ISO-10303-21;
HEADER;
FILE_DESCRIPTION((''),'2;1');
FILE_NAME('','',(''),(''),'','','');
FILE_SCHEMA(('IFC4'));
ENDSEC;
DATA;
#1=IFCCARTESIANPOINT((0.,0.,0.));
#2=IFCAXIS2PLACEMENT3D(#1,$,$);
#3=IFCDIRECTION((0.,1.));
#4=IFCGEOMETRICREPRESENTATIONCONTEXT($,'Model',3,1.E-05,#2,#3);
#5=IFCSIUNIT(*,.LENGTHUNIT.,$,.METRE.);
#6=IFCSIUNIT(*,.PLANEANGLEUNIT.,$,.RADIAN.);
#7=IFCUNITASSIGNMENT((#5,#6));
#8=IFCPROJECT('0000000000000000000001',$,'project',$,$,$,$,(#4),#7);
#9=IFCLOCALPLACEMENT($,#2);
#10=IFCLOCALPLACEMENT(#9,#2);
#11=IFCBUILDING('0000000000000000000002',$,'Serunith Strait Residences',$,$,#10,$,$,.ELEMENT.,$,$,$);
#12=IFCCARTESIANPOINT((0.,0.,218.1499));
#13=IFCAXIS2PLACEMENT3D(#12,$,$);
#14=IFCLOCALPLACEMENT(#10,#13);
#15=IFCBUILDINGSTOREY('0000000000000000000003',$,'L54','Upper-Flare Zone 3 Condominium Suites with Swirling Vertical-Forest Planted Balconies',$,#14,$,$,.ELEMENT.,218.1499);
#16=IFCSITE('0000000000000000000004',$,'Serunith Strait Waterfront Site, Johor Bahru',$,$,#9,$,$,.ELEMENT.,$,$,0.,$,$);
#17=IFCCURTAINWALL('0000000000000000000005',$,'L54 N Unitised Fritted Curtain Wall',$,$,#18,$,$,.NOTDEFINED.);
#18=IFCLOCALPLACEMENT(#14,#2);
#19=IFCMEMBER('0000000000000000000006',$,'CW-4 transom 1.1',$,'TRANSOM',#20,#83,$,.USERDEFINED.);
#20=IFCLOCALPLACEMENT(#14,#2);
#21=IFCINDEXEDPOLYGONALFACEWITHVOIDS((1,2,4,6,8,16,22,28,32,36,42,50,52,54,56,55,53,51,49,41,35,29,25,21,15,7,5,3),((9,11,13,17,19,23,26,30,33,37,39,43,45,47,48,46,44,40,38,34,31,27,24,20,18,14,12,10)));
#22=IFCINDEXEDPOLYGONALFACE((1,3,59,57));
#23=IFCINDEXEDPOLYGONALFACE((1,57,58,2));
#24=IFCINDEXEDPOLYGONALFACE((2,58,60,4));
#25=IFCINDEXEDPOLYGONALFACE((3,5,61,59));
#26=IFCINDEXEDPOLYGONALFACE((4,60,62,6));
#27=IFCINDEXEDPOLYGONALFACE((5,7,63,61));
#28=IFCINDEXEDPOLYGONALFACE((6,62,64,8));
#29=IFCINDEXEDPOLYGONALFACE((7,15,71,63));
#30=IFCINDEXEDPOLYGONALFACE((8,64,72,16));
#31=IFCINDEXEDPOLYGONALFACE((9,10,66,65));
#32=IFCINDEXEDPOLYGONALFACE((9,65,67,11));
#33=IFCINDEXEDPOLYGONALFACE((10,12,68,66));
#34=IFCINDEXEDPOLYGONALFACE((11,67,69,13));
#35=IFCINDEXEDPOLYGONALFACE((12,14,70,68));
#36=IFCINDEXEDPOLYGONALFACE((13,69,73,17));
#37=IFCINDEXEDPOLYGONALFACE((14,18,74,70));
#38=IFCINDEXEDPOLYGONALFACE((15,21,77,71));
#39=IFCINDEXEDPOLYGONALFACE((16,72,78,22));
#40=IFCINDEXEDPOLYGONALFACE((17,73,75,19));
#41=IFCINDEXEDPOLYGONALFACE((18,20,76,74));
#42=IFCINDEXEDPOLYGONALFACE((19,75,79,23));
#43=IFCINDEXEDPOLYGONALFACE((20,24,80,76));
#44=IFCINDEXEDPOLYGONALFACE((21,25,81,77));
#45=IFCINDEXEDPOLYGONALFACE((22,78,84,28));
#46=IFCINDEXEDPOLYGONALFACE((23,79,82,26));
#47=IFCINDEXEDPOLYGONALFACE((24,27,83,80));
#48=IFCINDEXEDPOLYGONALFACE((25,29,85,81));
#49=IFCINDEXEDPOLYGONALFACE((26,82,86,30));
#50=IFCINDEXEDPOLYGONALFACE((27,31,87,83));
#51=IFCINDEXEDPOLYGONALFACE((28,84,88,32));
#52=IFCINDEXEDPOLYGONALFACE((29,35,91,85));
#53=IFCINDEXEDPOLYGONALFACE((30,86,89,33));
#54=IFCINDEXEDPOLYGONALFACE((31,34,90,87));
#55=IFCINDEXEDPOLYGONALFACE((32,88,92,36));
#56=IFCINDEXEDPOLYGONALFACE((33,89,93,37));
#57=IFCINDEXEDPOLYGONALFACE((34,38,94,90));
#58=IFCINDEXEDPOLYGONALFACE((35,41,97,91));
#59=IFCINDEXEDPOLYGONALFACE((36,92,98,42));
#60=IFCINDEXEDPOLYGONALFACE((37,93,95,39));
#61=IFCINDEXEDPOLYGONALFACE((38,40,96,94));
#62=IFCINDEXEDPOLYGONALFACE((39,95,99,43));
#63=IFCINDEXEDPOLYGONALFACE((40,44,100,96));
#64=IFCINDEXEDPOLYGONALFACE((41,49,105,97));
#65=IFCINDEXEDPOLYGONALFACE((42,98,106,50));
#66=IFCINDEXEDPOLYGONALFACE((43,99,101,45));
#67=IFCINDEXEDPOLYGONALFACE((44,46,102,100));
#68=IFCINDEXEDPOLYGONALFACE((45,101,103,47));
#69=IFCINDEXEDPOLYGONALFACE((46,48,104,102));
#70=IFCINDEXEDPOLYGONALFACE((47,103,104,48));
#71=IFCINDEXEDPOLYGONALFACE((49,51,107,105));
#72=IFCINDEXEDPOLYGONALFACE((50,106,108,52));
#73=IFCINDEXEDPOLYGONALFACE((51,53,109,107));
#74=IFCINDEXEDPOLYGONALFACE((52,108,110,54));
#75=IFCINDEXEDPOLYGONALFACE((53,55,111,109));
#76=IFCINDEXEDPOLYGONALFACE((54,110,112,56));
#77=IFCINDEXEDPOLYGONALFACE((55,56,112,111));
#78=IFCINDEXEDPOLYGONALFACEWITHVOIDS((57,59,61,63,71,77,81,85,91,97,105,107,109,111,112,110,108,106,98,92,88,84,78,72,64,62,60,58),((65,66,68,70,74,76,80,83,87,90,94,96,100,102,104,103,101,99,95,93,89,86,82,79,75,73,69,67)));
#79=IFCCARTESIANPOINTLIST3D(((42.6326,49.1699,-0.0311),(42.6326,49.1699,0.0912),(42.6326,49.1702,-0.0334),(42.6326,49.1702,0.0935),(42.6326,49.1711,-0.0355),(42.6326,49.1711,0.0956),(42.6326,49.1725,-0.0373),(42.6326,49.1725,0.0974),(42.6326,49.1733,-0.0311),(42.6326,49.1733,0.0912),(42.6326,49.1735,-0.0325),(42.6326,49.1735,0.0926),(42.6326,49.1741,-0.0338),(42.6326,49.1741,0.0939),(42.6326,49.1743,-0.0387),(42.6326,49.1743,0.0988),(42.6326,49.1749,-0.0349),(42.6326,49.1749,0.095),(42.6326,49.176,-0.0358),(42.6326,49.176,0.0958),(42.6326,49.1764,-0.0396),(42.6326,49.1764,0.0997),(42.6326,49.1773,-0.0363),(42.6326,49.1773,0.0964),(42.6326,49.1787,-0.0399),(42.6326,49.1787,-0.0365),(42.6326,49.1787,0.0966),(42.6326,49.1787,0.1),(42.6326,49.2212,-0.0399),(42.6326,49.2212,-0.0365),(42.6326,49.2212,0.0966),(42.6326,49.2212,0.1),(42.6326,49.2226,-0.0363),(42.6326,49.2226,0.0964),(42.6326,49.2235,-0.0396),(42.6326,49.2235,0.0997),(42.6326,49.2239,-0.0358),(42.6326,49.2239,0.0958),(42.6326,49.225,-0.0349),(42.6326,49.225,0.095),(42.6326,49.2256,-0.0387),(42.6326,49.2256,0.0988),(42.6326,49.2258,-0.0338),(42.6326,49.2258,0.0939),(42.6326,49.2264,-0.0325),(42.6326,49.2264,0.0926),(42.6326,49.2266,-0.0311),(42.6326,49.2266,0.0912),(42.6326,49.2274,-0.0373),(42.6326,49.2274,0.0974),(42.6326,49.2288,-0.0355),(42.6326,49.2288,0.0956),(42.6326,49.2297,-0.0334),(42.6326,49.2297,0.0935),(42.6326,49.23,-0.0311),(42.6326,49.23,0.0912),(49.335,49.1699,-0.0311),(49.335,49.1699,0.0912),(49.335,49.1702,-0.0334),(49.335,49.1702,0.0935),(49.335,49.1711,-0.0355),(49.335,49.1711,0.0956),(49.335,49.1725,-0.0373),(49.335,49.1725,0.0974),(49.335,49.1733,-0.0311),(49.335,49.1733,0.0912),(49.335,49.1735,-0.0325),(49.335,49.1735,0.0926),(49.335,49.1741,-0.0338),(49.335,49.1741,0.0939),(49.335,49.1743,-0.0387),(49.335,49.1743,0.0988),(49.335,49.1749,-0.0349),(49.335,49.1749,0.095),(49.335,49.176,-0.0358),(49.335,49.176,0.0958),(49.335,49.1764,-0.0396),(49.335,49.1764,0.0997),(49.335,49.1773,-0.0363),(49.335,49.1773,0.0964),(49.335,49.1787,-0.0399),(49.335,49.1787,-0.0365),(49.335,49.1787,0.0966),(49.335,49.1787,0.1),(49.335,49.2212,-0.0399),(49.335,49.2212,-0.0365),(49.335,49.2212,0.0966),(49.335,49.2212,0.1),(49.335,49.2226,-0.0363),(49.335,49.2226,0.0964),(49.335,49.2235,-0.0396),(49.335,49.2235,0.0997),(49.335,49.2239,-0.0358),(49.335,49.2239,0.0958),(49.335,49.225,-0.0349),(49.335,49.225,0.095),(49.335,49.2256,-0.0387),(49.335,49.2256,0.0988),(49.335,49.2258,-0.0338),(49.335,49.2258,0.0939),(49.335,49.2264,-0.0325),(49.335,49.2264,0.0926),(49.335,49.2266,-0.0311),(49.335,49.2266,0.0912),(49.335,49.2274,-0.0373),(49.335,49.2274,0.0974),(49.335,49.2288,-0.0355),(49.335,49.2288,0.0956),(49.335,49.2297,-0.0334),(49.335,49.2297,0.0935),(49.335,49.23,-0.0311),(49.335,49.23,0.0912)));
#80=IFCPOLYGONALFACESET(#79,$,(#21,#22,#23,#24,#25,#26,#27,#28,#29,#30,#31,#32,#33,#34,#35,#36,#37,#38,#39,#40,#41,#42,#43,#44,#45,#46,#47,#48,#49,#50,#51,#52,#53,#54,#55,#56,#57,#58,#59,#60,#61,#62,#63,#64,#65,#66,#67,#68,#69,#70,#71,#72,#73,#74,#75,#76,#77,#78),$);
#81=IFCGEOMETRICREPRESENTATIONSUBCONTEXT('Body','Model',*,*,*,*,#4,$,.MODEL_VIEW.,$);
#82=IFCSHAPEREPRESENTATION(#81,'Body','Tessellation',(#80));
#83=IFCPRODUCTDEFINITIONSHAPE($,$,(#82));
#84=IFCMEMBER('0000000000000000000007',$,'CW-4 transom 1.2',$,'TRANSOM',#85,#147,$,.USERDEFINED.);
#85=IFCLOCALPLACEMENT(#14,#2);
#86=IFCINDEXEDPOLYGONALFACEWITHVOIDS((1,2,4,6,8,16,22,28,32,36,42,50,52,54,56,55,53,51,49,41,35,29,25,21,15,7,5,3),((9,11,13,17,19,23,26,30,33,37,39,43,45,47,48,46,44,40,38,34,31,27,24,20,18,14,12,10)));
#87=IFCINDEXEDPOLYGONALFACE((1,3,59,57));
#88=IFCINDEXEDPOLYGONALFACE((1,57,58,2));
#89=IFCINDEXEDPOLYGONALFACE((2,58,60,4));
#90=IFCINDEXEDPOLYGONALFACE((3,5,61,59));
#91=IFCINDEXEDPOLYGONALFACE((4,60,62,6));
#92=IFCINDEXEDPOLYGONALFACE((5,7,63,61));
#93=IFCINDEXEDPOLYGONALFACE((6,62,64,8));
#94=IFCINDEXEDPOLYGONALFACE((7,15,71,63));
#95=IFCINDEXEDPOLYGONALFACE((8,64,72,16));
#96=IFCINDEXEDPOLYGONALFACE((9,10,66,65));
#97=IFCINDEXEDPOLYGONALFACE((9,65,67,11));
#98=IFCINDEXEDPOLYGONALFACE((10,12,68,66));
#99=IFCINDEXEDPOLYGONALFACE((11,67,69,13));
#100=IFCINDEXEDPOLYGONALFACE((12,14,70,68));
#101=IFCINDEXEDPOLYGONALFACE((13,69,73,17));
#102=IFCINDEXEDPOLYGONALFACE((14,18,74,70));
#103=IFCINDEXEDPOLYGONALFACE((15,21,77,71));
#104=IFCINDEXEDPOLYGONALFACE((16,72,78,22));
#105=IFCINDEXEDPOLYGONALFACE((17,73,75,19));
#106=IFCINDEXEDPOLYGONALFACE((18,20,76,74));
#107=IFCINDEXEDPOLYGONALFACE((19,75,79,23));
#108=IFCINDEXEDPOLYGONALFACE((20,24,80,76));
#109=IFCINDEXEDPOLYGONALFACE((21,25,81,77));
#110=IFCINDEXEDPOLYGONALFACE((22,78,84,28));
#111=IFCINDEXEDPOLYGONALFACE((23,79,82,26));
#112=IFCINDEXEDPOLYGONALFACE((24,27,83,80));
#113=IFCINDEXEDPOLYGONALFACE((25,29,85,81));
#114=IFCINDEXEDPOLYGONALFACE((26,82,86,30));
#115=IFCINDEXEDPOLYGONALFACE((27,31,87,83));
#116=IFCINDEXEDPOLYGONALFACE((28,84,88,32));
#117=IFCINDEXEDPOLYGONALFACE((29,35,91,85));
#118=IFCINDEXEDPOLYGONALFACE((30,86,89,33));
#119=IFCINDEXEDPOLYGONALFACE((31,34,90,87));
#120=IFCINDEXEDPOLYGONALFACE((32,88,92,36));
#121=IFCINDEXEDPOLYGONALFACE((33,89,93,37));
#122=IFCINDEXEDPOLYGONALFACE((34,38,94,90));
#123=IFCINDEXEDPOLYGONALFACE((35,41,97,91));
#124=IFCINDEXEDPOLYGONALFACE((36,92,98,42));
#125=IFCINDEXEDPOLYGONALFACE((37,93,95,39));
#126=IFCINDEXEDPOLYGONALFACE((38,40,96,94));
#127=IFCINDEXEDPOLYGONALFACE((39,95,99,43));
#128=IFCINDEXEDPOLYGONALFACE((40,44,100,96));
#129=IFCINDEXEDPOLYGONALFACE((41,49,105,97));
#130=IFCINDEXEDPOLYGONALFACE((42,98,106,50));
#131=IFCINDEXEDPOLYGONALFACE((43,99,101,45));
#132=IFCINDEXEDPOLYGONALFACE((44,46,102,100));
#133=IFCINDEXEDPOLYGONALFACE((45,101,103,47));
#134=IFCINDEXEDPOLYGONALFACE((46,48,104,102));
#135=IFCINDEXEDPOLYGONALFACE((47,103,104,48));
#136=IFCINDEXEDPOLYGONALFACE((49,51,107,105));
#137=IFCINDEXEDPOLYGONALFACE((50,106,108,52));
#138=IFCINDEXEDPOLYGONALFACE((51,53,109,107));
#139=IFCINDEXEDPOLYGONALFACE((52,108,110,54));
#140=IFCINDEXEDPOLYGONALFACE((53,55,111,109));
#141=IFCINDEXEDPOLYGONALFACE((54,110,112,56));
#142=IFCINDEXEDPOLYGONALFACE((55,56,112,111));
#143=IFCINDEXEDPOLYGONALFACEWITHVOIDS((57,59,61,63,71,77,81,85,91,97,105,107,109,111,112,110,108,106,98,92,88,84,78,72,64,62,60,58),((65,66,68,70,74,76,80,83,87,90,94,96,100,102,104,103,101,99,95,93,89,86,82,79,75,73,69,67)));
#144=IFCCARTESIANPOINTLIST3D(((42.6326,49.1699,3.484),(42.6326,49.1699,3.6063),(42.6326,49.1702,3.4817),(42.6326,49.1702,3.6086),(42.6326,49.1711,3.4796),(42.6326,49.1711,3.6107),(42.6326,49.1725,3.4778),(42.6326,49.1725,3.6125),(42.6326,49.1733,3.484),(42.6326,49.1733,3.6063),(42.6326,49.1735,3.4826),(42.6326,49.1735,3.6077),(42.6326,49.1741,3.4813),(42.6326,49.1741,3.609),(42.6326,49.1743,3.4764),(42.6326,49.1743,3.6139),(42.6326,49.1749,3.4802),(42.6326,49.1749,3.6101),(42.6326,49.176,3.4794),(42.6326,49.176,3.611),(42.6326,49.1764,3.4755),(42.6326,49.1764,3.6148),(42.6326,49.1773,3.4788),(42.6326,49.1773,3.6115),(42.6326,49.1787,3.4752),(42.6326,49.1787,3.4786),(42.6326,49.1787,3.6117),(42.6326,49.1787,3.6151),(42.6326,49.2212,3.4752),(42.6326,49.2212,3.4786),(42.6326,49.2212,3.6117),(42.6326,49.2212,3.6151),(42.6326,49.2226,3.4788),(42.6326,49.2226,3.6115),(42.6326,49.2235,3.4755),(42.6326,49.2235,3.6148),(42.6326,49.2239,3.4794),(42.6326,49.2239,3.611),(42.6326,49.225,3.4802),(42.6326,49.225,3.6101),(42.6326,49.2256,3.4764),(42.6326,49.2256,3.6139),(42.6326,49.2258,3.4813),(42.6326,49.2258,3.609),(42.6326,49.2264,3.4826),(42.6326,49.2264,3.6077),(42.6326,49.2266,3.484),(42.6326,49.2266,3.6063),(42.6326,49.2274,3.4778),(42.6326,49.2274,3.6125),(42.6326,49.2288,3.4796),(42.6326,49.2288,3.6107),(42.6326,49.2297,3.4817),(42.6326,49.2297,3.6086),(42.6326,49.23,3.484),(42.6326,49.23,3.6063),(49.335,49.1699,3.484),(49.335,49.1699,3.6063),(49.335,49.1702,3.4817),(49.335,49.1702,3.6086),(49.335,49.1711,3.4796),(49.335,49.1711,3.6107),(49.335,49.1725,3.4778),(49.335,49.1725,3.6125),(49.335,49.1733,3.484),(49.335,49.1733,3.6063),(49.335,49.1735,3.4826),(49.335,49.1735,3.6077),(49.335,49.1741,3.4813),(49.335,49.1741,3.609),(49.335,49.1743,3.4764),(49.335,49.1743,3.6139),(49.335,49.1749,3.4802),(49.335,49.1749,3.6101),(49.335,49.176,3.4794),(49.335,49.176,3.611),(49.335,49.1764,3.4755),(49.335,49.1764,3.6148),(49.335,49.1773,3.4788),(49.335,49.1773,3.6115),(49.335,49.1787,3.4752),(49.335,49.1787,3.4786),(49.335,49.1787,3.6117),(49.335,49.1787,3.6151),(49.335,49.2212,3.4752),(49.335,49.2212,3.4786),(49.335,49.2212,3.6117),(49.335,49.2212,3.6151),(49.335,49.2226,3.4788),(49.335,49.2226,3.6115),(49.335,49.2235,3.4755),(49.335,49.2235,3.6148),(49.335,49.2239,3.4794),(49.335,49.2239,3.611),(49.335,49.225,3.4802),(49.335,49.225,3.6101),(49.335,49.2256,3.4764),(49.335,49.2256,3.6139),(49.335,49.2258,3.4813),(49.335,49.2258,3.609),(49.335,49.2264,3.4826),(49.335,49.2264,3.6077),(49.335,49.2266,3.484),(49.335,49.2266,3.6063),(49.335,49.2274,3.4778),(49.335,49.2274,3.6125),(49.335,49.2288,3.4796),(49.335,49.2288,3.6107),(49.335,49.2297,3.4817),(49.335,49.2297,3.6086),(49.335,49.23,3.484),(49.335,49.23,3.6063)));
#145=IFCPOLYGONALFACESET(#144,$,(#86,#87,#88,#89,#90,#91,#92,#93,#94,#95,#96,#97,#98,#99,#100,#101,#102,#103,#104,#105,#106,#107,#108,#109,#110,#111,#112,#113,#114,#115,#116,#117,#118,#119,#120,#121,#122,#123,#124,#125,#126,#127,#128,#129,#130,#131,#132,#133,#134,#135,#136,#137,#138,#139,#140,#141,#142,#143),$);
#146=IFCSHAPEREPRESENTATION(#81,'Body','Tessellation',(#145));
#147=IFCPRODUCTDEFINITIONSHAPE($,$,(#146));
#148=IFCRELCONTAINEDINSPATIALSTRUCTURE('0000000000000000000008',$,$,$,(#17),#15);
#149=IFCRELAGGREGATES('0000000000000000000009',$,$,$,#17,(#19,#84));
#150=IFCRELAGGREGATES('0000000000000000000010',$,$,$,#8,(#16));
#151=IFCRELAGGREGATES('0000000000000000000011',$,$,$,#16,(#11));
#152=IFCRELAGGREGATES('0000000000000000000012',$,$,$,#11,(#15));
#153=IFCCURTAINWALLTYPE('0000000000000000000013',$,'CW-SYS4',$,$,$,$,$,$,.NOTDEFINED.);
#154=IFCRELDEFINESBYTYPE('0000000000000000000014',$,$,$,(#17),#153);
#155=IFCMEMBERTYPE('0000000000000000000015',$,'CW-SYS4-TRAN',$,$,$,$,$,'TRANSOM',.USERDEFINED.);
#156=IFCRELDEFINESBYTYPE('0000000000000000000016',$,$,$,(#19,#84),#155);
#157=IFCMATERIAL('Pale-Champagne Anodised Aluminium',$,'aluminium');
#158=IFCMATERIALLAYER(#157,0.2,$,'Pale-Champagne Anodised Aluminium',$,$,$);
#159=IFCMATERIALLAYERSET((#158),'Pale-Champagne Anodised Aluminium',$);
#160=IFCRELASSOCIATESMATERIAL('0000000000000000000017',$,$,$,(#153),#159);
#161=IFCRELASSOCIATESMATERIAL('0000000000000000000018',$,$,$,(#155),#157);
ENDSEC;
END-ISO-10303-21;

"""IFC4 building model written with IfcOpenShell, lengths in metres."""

from ifc_helpers import new_model, si_unit, direction, frame, origin, origin_2d, place, context, subcontext, project, spatial, hollow_rectangle, extrude, source, transform, mapped, material, layer, layer_set, material_profile, profile_set, type_object, element, aggregate, save


model = new_model("IFC4")

# Units and contexts
model_context = context("Model", 3, precision=1e-05, world=origin(), true_north=direction((0.0, 1.0)))
body_context = subcontext(model_context, "Body", "Model", "MODEL_VIEW")
ifc_project = project(units=[si_unit("LENGTHUNIT", "METRE"), si_unit("PLANEANGLEUNIT", "RADIAN")], contexts=[model_context])

# Site, building, storey
site_placement = place(None, origin())
site = spatial("IfcSite", under=ifc_project, at=site_placement, Name="Serunith Strait Waterfront Site, Johor Bahru", CompositionType="ELEMENT", RefElevation=0.0)
building_placement = place(site_placement, origin())
building = spatial("IfcBuilding", under=site, at=building_placement, Name="Serunith Strait Residences", CompositionType="ELEMENT")
storey_placement = place(building_placement, frame((0.0, 0.0, 218.1499)))
storey = spatial("IfcBuildingStorey", under=building, at=storey_placement, Name="L54", Description="Upper-Flare Zone 3 Condominium Suites with Swirling Vertical-Forest Planted Balconies", CompositionType="ELEMENT", Elevation=218.1499)

# Curtain wall, members
ifc_material_1 = material(Name="Pale-Champagne Anodised Aluminium", Category="aluminium")
ifc_layer_1 = layer(ifc_material_1, 0.2, Name="Pale-Champagne Anodised Aluminium")
ifc_layer_set_1 = layer_set([ifc_layer_1], Name="Pale-Champagne Anodised Aluminium")
curtain_wall_type = type_object("IfcCurtainWallType", Name="CW-SYS4", PredefinedType="NOTDEFINED", material=ifc_layer_set_1)
curtain_wall_1_placement = place(storey_placement, origin())
curtain_wall_1 = element("IfcCurtainWall", 1, at=curtain_wall_1_placement, inside=storey, type_object=curtain_wall_type, Name="L54 N Unitised Fritted Curtain Wall", PredefinedType="NOTDEFINED")
ifc_material_profile_1 = material_profile(ifc_material_1, hollow_rectangle(XDim=0.0601, YDim=0.1399, WallThickness=0.0034, InnerFilletRadius=0.0054, OuterFilletRadius=0.0088, at=origin_2d()), Name="ALU 140x60x3.5")
ifc_profile_set_1 = profile_set([ifc_material_profile_1], Name="Pale-Champagne Anodised Aluminium")
member_type_1 = type_object("IfcMemberType", Name="CW-SYS4-TRAN", ElementType="TRANSOM", PredefinedType="USERDEFINED", material=ifc_profile_set_1)
shared_shape_1 = source(origin(), body_context, "Body", "SweptSolid", [
    extrude(hollow_rectangle(XDim=0.0601, YDim=0.1399, WallThickness=0.0034, InnerFilletRadius=0.0054, OuterFilletRadius=0.0088, at=origin_2d()), origin(), (0.0, 0.0, 1.0), 6.7024),
])
member_1_placement = place(storey_placement, frame((49.335, 49.2, 0.03), z_axis=(-1.0, 0.0, 0.0), x_axis=(0.0, -1.0, 0.0)))
member_1 = element("IfcMember", 2, at=member_1_placement, type_object=member_type_1, Name="CW-4 transom 1.1", ObjectType="TRANSOM", PredefinedType="USERDEFINED", context=body_context, shape_type="MappedRepresentation", body=[
    mapped(shared_shape_1, transform((0.0, 0.0, 0.0), scale=1.0)),
])
member_2_placement = place(storey_placement, frame((49.335, 49.2, 3.5452), z_axis=(-1.0, 0.0, 0.0), x_axis=(0.0, -1.0, 0.0)))
member_2 = element("IfcMember", 3, at=member_2_placement, type_object=member_type_1, Name="CW-4 transom 1.2", ObjectType="TRANSOM", PredefinedType="USERDEFINED", context=body_context, shape_type="MappedRepresentation", body=[
    mapped(shared_shape_1, transform((0.0, 0.0, 0.0), scale=1.0)),
])

aggregate(curtain_wall_1, [member_1, member_2])

save(model, "model.ifc")
